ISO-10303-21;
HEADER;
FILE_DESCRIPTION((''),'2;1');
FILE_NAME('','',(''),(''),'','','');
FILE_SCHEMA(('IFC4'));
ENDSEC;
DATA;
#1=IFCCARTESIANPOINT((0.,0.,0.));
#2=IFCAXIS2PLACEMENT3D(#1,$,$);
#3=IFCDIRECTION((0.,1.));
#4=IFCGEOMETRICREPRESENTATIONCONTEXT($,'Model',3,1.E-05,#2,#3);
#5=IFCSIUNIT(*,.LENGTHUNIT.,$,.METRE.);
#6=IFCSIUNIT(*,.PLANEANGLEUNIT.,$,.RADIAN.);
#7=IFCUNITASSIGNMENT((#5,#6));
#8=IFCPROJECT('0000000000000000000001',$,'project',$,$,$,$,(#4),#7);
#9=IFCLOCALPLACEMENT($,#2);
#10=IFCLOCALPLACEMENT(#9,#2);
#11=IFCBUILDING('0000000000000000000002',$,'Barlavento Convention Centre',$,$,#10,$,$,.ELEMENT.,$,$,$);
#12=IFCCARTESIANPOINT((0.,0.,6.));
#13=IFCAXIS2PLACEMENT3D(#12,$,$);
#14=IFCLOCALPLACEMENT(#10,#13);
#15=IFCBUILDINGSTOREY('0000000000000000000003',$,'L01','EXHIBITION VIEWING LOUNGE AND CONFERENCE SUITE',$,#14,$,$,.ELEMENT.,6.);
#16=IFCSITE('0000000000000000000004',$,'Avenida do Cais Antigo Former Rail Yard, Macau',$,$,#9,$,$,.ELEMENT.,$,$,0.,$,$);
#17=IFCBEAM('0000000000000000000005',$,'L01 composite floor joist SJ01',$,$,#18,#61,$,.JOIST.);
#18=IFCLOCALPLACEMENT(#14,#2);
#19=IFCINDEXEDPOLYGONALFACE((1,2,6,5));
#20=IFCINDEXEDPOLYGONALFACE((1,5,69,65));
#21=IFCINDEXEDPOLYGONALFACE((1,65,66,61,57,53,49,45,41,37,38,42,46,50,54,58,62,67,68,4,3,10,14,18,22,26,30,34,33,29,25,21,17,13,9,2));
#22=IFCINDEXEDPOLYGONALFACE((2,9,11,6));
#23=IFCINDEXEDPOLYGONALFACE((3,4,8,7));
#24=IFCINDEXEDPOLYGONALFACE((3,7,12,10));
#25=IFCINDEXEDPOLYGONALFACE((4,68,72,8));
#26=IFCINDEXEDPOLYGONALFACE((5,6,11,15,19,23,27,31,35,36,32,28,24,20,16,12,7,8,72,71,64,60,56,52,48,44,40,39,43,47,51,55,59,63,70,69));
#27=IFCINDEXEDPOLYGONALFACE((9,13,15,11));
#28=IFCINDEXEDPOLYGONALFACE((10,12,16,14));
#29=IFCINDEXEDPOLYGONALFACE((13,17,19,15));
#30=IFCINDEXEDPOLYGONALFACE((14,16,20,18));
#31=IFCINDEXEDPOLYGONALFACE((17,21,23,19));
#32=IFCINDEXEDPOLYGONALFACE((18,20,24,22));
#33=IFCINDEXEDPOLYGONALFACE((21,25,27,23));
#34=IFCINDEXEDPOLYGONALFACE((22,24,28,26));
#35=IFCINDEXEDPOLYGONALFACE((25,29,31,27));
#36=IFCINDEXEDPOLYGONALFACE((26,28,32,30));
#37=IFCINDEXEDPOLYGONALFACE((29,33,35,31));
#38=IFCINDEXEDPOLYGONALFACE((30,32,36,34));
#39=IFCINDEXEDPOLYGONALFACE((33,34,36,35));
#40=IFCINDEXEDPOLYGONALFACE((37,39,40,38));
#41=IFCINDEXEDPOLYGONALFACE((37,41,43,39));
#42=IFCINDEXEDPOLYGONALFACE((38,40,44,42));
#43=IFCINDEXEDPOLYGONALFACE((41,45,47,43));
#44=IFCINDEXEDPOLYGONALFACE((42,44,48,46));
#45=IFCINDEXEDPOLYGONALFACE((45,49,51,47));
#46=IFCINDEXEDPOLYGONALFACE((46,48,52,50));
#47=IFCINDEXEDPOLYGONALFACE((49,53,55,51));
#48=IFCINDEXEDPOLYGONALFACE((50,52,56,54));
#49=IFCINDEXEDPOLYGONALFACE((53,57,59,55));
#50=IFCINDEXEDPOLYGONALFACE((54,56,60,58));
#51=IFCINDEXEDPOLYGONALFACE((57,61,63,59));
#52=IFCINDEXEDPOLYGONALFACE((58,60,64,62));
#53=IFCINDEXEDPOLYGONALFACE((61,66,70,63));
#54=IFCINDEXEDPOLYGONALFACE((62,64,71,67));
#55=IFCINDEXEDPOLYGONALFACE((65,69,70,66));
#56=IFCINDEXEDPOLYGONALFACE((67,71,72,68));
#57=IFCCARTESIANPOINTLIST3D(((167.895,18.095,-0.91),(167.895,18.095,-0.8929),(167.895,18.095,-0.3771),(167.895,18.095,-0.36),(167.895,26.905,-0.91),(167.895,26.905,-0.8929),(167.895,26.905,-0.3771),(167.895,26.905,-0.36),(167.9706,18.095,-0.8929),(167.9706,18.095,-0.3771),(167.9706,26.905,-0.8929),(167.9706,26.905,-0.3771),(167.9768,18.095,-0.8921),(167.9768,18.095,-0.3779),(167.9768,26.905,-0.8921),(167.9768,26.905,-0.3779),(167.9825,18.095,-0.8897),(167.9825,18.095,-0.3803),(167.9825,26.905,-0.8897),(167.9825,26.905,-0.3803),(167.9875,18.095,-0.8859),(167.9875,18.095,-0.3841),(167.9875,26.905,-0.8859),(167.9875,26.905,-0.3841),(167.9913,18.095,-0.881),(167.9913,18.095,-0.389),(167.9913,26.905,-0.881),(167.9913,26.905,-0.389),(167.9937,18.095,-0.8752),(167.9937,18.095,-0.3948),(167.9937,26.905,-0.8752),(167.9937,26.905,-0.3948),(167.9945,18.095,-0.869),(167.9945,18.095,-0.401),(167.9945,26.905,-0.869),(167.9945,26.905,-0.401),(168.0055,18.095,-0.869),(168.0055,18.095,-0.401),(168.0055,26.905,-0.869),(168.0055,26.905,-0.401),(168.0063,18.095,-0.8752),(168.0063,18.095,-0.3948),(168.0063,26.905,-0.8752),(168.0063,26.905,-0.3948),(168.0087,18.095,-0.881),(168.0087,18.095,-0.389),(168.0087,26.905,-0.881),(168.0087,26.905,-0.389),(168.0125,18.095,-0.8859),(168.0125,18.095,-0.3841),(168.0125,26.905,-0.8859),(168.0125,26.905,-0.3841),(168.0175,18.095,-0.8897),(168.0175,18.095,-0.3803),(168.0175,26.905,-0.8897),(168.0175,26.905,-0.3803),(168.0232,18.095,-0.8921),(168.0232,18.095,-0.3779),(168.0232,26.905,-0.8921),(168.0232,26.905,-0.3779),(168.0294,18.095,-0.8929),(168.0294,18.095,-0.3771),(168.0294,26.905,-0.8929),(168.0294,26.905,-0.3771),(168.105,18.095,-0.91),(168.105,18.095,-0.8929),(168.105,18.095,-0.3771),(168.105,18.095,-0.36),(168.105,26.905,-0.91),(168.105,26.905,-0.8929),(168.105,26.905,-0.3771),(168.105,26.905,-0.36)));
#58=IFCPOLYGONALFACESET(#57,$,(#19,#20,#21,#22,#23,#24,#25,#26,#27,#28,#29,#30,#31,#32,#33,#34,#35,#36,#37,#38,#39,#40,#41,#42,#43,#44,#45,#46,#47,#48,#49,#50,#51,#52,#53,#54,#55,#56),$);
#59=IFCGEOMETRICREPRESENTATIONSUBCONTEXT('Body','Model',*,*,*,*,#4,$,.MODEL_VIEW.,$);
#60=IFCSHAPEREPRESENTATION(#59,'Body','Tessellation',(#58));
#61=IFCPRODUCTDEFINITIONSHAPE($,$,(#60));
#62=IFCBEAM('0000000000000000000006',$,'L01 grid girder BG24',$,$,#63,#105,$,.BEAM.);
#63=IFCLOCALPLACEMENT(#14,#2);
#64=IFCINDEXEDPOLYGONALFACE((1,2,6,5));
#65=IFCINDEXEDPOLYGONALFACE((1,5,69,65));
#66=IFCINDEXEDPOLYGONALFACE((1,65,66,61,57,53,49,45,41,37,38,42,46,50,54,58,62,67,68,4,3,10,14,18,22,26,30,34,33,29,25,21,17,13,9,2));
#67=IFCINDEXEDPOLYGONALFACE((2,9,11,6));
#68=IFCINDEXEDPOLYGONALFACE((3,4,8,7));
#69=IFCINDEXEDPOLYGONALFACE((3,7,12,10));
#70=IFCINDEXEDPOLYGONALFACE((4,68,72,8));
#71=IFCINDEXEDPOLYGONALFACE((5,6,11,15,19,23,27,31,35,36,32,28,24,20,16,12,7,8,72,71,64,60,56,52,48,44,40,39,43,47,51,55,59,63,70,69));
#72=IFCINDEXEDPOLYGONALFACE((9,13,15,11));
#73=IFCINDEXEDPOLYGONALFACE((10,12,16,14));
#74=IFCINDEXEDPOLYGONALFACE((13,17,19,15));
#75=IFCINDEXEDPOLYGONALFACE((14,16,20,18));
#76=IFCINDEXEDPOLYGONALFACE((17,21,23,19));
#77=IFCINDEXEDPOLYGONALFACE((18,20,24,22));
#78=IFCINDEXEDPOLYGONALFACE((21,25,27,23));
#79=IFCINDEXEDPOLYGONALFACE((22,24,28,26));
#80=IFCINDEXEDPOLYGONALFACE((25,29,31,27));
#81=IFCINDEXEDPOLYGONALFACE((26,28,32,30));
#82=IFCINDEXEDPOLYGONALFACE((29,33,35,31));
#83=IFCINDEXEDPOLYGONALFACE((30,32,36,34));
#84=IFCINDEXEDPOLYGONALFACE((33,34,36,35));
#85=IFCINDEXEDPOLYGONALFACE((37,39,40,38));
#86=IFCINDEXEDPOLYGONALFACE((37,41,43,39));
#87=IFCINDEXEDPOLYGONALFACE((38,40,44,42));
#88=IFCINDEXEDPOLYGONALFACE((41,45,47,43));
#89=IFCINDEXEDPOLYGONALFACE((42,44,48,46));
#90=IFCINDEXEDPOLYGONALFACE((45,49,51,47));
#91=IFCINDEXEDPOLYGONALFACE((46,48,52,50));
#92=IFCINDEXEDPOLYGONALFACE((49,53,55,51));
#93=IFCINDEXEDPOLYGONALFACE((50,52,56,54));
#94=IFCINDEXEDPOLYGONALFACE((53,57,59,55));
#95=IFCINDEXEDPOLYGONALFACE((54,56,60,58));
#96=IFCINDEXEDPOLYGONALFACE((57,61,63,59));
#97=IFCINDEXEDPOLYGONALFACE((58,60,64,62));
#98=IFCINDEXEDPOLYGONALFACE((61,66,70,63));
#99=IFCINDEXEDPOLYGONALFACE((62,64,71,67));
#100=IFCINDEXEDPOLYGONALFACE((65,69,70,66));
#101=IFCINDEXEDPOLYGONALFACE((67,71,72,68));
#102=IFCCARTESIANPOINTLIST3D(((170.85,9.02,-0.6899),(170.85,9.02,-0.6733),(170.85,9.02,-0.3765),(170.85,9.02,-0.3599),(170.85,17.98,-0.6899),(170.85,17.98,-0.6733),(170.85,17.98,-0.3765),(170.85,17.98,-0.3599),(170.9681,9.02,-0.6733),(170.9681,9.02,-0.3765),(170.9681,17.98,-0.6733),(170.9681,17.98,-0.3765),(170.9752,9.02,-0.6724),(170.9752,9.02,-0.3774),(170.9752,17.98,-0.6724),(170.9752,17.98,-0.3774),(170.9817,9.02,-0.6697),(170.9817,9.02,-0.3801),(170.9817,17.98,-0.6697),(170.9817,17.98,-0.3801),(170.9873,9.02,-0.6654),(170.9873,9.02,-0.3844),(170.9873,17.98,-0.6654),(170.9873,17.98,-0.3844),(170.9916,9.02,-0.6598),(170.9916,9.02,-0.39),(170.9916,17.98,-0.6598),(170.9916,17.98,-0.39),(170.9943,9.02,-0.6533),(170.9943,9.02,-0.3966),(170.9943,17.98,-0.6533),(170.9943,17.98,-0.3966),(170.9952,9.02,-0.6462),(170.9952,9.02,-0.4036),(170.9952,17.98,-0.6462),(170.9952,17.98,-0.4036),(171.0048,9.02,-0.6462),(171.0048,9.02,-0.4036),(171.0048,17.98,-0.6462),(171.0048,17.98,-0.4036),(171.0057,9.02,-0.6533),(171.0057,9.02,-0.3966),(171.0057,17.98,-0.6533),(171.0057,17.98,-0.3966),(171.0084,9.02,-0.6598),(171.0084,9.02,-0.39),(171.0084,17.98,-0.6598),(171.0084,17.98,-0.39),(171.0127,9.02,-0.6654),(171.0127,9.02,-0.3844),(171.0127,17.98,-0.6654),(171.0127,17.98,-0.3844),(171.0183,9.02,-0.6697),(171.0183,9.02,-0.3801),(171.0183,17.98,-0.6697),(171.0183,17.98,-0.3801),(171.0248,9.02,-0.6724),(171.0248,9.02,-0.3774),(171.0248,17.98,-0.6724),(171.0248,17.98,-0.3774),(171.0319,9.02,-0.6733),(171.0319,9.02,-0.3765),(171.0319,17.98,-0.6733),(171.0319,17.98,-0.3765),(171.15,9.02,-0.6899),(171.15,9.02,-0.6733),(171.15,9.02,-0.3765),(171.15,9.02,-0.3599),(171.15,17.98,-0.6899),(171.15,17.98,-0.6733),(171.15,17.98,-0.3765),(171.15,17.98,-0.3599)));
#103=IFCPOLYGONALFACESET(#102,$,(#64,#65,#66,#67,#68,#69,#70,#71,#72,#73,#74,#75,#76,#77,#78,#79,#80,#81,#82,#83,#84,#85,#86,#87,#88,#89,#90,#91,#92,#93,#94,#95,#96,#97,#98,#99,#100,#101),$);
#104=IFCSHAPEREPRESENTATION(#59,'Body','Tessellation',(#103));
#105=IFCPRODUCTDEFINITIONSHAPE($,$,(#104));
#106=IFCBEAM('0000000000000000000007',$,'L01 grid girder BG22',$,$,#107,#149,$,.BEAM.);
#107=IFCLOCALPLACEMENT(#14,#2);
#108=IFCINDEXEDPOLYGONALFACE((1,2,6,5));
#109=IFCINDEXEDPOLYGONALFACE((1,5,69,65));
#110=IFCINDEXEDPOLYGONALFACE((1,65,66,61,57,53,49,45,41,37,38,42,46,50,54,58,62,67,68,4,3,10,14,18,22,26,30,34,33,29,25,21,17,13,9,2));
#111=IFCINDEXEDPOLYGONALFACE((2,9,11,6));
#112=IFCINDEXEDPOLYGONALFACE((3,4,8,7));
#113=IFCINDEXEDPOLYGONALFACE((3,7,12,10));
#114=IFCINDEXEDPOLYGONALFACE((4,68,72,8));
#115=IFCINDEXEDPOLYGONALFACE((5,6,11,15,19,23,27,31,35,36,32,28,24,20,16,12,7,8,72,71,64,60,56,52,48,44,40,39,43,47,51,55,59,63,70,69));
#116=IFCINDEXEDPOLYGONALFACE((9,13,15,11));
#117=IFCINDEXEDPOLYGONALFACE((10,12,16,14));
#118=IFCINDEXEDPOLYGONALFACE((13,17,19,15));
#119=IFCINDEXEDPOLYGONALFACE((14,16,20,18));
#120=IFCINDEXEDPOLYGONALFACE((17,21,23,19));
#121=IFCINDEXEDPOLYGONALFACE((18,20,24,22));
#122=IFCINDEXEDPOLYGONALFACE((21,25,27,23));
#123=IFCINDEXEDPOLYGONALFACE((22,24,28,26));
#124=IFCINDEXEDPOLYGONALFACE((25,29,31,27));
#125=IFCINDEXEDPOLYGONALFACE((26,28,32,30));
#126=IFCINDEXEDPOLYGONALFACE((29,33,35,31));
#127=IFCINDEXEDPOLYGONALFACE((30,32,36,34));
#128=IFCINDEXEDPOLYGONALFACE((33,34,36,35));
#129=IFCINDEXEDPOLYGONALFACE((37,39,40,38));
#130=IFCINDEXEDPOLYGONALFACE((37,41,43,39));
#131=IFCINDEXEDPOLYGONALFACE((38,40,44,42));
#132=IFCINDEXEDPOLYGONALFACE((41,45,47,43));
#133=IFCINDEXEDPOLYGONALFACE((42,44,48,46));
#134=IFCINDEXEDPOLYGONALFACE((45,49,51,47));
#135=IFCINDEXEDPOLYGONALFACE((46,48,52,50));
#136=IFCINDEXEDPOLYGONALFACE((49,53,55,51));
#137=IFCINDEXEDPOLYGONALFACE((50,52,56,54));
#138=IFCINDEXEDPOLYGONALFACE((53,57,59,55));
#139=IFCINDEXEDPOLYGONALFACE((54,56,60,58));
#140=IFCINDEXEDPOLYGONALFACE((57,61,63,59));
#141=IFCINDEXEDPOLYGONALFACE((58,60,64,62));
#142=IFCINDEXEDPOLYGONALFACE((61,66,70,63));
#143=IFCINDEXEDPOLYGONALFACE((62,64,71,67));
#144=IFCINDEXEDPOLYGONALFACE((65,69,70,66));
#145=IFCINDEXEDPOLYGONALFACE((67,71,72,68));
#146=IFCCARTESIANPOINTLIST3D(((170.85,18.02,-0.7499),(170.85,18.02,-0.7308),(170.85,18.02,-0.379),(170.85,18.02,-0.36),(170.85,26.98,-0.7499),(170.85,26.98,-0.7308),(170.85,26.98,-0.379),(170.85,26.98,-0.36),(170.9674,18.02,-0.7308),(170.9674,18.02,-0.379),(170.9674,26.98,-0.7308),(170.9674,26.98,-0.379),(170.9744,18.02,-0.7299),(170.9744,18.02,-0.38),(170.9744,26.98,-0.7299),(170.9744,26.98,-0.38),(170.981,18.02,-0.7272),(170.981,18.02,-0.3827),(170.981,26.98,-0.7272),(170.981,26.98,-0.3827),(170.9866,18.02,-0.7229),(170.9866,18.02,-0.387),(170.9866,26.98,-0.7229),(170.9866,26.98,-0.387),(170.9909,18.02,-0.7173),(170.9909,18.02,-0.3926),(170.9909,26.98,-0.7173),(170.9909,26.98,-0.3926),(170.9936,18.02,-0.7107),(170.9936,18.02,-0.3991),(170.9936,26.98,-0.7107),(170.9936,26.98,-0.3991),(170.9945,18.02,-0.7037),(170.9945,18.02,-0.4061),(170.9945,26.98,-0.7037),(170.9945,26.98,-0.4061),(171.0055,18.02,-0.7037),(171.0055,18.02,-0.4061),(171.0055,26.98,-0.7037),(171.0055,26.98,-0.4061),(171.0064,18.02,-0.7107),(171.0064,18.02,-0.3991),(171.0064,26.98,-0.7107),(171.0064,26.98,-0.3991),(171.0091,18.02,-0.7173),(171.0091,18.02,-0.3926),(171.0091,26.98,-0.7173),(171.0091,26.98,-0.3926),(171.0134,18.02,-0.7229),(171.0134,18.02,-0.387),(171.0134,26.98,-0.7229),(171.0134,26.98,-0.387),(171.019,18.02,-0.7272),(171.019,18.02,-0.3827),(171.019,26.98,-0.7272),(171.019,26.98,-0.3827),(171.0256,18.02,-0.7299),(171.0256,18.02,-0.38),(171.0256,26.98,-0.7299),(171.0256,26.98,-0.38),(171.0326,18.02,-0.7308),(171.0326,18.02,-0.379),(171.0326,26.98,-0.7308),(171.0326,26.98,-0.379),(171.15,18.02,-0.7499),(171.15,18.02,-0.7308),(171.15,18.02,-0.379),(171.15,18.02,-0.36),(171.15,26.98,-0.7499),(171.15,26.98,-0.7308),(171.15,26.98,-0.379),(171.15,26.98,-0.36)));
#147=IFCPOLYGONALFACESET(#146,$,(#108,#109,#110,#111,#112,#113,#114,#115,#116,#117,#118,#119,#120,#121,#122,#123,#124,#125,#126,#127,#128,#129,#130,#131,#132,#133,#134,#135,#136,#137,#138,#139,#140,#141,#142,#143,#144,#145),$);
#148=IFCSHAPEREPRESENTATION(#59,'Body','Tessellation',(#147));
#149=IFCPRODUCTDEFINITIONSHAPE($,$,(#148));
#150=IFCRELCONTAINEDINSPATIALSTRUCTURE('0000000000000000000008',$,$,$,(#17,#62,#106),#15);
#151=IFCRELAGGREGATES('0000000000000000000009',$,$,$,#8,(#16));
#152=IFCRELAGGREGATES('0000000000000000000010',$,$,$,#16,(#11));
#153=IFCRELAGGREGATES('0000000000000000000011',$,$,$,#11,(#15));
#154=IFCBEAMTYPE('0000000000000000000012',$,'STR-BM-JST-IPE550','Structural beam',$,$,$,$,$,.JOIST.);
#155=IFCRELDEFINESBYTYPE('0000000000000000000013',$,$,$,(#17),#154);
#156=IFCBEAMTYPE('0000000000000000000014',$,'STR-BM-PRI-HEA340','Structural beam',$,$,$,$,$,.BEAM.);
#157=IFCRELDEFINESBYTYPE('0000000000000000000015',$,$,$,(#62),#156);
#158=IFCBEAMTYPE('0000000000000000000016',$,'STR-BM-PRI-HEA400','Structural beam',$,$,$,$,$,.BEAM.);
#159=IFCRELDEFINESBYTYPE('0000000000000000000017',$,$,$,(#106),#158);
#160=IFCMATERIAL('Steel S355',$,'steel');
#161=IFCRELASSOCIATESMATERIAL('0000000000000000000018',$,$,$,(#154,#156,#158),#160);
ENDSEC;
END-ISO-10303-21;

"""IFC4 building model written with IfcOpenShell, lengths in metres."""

from ifc_helpers import new_model, si_unit, direction, frame, origin, origin_2d, place, context, subcontext, project, spatial, i_section, extrude, material, material_profile, profile_set, type_object, element, save


model = new_model("IFC4")

# Units and contexts
model_context = context("Model", 3, precision=1e-05, world=origin(), true_north=direction((0.0, 1.0)))
body_context = subcontext(model_context, "Body", "Model", "MODEL_VIEW")
ifc_project = project(units=[si_unit("LENGTHUNIT", "METRE"), si_unit("PLANEANGLEUNIT", "RADIAN")], contexts=[model_context])

# Site, building, storey
site_placement = place(None, origin())
site = spatial("IfcSite", under=ifc_project, at=site_placement, Name="Avenida do Cais Antigo Former Rail Yard, Macau", CompositionType="ELEMENT", RefElevation=0.0)
building_placement = place(site_placement, origin())
building = spatial("IfcBuilding", under=site, at=building_placement, Name="Barlavento Convention Centre", CompositionType="ELEMENT")
storey_placement = place(building_placement, frame((0.0, 0.0, 6.0)))
storey = spatial("IfcBuildingStorey", under=building, at=storey_placement, Name="L01", Description="EXHIBITION VIEWING LOUNGE AND CONFERENCE SUITE", CompositionType="ELEMENT", Elevation=6.0)

# Shared definitions
ifc_material = material(Name="Steel S355", Category="steel")

# Beams
ifc_material_profile_1 = material_profile(ifc_material, i_section(OverallWidth=0.21, OverallDepth=0.55, WebThickness=0.011, FlangeThickness=0.0171, FilletRadius=0.0239, at=origin_2d()), Name="IPE 550")
ifc_profile_set_1 = profile_set([ifc_material_profile_1], Name="Steel S355")
beam_type_1 = type_object("IfcBeamType", Name="STR-BM-JST-IPE550", Description="Structural beam", PredefinedType="JOIST", material=ifc_profile_set_1)
for number, where, z_axis, x_axis, name in (
    (1, (168.0, 18.095, -0.635), (0.0, 1.0, 0.0), (-1.0, 0.0, 0.0), "L01 composite floor joist SJ01"),
):
    element("IfcBeam", number, at=place(storey_placement, frame(where, z_axis=z_axis, x_axis=x_axis)), inside=storey, type_object=beam_type_1, Name=name, PredefinedType="JOIST", context=body_context, shape_type="SweptSolid", body=[
        extrude(i_section(OverallWidth=0.21, OverallDepth=0.55, WebThickness=0.011, FlangeThickness=0.0171, FilletRadius=0.0239, at=origin_2d()), origin(), (0.0, 0.0, 1.0), 8.8101),
    ])
ifc_material_profile_2 = material_profile(ifc_material, i_section(OverallWidth=0.3, OverallDepth=0.3301, WebThickness=0.0095, FlangeThickness=0.0166, FilletRadius=0.0271, at=origin_2d()), Name="HEA 340")
ifc_profile_set_2 = profile_set([ifc_material_profile_2], Name="Steel S355")
beam_type_2 = type_object("IfcBeamType", Name="STR-BM-PRI-HEA340", Description="Structural beam", PredefinedType="BEAM", material=ifc_profile_set_2)
beam_1_placement = place(storey_placement, frame((171.0, 9.02, -0.5249), z_axis=(0.0, 1.0, 0.0), x_axis=(-1.0, 0.0, 0.0)))
element("IfcBeam", 2, at=beam_1_placement, inside=storey, type_object=beam_type_2, Name="L01 grid girder BG24", PredefinedType="BEAM", context=body_context, shape_type="SweptSolid", body=[
    extrude(i_section(OverallWidth=0.3, OverallDepth=0.3301, WebThickness=0.0095, FlangeThickness=0.0166, FilletRadius=0.0271, at=origin_2d()), origin(), (0.0, 0.0, 1.0), 8.96),
])
ifc_material_profile_3 = material_profile(ifc_material, i_section(OverallWidth=0.3, OverallDepth=0.3899, WebThickness=0.011, FlangeThickness=0.019, FilletRadius=0.0271, at=origin_2d()), Name="HEA 400")
ifc_profile_set_3 = profile_set([ifc_material_profile_3], Name="Steel S355")
beam_type_3 = type_object("IfcBeamType", Name="STR-BM-PRI-HEA400", Description="Structural beam", PredefinedType="BEAM", material=ifc_profile_set_3)
beam_2_placement = place(storey_placement, frame((171.0, 18.02, -0.5549), z_axis=(0.0, 1.0, 0.0), x_axis=(-1.0, 0.0, 0.0)))
element("IfcBeam", 3, at=beam_2_placement, inside=storey, type_object=beam_type_3, Name="L01 grid girder BG22", PredefinedType="BEAM", context=body_context, shape_type="SweptSolid", body=[
    extrude(i_section(OverallWidth=0.3, OverallDepth=0.3899, WebThickness=0.011, FlangeThickness=0.019, FilletRadius=0.0271, at=origin_2d()), origin(), (0.0, 0.0, 1.0), 8.96),
])

save(model, "model.ifc")
